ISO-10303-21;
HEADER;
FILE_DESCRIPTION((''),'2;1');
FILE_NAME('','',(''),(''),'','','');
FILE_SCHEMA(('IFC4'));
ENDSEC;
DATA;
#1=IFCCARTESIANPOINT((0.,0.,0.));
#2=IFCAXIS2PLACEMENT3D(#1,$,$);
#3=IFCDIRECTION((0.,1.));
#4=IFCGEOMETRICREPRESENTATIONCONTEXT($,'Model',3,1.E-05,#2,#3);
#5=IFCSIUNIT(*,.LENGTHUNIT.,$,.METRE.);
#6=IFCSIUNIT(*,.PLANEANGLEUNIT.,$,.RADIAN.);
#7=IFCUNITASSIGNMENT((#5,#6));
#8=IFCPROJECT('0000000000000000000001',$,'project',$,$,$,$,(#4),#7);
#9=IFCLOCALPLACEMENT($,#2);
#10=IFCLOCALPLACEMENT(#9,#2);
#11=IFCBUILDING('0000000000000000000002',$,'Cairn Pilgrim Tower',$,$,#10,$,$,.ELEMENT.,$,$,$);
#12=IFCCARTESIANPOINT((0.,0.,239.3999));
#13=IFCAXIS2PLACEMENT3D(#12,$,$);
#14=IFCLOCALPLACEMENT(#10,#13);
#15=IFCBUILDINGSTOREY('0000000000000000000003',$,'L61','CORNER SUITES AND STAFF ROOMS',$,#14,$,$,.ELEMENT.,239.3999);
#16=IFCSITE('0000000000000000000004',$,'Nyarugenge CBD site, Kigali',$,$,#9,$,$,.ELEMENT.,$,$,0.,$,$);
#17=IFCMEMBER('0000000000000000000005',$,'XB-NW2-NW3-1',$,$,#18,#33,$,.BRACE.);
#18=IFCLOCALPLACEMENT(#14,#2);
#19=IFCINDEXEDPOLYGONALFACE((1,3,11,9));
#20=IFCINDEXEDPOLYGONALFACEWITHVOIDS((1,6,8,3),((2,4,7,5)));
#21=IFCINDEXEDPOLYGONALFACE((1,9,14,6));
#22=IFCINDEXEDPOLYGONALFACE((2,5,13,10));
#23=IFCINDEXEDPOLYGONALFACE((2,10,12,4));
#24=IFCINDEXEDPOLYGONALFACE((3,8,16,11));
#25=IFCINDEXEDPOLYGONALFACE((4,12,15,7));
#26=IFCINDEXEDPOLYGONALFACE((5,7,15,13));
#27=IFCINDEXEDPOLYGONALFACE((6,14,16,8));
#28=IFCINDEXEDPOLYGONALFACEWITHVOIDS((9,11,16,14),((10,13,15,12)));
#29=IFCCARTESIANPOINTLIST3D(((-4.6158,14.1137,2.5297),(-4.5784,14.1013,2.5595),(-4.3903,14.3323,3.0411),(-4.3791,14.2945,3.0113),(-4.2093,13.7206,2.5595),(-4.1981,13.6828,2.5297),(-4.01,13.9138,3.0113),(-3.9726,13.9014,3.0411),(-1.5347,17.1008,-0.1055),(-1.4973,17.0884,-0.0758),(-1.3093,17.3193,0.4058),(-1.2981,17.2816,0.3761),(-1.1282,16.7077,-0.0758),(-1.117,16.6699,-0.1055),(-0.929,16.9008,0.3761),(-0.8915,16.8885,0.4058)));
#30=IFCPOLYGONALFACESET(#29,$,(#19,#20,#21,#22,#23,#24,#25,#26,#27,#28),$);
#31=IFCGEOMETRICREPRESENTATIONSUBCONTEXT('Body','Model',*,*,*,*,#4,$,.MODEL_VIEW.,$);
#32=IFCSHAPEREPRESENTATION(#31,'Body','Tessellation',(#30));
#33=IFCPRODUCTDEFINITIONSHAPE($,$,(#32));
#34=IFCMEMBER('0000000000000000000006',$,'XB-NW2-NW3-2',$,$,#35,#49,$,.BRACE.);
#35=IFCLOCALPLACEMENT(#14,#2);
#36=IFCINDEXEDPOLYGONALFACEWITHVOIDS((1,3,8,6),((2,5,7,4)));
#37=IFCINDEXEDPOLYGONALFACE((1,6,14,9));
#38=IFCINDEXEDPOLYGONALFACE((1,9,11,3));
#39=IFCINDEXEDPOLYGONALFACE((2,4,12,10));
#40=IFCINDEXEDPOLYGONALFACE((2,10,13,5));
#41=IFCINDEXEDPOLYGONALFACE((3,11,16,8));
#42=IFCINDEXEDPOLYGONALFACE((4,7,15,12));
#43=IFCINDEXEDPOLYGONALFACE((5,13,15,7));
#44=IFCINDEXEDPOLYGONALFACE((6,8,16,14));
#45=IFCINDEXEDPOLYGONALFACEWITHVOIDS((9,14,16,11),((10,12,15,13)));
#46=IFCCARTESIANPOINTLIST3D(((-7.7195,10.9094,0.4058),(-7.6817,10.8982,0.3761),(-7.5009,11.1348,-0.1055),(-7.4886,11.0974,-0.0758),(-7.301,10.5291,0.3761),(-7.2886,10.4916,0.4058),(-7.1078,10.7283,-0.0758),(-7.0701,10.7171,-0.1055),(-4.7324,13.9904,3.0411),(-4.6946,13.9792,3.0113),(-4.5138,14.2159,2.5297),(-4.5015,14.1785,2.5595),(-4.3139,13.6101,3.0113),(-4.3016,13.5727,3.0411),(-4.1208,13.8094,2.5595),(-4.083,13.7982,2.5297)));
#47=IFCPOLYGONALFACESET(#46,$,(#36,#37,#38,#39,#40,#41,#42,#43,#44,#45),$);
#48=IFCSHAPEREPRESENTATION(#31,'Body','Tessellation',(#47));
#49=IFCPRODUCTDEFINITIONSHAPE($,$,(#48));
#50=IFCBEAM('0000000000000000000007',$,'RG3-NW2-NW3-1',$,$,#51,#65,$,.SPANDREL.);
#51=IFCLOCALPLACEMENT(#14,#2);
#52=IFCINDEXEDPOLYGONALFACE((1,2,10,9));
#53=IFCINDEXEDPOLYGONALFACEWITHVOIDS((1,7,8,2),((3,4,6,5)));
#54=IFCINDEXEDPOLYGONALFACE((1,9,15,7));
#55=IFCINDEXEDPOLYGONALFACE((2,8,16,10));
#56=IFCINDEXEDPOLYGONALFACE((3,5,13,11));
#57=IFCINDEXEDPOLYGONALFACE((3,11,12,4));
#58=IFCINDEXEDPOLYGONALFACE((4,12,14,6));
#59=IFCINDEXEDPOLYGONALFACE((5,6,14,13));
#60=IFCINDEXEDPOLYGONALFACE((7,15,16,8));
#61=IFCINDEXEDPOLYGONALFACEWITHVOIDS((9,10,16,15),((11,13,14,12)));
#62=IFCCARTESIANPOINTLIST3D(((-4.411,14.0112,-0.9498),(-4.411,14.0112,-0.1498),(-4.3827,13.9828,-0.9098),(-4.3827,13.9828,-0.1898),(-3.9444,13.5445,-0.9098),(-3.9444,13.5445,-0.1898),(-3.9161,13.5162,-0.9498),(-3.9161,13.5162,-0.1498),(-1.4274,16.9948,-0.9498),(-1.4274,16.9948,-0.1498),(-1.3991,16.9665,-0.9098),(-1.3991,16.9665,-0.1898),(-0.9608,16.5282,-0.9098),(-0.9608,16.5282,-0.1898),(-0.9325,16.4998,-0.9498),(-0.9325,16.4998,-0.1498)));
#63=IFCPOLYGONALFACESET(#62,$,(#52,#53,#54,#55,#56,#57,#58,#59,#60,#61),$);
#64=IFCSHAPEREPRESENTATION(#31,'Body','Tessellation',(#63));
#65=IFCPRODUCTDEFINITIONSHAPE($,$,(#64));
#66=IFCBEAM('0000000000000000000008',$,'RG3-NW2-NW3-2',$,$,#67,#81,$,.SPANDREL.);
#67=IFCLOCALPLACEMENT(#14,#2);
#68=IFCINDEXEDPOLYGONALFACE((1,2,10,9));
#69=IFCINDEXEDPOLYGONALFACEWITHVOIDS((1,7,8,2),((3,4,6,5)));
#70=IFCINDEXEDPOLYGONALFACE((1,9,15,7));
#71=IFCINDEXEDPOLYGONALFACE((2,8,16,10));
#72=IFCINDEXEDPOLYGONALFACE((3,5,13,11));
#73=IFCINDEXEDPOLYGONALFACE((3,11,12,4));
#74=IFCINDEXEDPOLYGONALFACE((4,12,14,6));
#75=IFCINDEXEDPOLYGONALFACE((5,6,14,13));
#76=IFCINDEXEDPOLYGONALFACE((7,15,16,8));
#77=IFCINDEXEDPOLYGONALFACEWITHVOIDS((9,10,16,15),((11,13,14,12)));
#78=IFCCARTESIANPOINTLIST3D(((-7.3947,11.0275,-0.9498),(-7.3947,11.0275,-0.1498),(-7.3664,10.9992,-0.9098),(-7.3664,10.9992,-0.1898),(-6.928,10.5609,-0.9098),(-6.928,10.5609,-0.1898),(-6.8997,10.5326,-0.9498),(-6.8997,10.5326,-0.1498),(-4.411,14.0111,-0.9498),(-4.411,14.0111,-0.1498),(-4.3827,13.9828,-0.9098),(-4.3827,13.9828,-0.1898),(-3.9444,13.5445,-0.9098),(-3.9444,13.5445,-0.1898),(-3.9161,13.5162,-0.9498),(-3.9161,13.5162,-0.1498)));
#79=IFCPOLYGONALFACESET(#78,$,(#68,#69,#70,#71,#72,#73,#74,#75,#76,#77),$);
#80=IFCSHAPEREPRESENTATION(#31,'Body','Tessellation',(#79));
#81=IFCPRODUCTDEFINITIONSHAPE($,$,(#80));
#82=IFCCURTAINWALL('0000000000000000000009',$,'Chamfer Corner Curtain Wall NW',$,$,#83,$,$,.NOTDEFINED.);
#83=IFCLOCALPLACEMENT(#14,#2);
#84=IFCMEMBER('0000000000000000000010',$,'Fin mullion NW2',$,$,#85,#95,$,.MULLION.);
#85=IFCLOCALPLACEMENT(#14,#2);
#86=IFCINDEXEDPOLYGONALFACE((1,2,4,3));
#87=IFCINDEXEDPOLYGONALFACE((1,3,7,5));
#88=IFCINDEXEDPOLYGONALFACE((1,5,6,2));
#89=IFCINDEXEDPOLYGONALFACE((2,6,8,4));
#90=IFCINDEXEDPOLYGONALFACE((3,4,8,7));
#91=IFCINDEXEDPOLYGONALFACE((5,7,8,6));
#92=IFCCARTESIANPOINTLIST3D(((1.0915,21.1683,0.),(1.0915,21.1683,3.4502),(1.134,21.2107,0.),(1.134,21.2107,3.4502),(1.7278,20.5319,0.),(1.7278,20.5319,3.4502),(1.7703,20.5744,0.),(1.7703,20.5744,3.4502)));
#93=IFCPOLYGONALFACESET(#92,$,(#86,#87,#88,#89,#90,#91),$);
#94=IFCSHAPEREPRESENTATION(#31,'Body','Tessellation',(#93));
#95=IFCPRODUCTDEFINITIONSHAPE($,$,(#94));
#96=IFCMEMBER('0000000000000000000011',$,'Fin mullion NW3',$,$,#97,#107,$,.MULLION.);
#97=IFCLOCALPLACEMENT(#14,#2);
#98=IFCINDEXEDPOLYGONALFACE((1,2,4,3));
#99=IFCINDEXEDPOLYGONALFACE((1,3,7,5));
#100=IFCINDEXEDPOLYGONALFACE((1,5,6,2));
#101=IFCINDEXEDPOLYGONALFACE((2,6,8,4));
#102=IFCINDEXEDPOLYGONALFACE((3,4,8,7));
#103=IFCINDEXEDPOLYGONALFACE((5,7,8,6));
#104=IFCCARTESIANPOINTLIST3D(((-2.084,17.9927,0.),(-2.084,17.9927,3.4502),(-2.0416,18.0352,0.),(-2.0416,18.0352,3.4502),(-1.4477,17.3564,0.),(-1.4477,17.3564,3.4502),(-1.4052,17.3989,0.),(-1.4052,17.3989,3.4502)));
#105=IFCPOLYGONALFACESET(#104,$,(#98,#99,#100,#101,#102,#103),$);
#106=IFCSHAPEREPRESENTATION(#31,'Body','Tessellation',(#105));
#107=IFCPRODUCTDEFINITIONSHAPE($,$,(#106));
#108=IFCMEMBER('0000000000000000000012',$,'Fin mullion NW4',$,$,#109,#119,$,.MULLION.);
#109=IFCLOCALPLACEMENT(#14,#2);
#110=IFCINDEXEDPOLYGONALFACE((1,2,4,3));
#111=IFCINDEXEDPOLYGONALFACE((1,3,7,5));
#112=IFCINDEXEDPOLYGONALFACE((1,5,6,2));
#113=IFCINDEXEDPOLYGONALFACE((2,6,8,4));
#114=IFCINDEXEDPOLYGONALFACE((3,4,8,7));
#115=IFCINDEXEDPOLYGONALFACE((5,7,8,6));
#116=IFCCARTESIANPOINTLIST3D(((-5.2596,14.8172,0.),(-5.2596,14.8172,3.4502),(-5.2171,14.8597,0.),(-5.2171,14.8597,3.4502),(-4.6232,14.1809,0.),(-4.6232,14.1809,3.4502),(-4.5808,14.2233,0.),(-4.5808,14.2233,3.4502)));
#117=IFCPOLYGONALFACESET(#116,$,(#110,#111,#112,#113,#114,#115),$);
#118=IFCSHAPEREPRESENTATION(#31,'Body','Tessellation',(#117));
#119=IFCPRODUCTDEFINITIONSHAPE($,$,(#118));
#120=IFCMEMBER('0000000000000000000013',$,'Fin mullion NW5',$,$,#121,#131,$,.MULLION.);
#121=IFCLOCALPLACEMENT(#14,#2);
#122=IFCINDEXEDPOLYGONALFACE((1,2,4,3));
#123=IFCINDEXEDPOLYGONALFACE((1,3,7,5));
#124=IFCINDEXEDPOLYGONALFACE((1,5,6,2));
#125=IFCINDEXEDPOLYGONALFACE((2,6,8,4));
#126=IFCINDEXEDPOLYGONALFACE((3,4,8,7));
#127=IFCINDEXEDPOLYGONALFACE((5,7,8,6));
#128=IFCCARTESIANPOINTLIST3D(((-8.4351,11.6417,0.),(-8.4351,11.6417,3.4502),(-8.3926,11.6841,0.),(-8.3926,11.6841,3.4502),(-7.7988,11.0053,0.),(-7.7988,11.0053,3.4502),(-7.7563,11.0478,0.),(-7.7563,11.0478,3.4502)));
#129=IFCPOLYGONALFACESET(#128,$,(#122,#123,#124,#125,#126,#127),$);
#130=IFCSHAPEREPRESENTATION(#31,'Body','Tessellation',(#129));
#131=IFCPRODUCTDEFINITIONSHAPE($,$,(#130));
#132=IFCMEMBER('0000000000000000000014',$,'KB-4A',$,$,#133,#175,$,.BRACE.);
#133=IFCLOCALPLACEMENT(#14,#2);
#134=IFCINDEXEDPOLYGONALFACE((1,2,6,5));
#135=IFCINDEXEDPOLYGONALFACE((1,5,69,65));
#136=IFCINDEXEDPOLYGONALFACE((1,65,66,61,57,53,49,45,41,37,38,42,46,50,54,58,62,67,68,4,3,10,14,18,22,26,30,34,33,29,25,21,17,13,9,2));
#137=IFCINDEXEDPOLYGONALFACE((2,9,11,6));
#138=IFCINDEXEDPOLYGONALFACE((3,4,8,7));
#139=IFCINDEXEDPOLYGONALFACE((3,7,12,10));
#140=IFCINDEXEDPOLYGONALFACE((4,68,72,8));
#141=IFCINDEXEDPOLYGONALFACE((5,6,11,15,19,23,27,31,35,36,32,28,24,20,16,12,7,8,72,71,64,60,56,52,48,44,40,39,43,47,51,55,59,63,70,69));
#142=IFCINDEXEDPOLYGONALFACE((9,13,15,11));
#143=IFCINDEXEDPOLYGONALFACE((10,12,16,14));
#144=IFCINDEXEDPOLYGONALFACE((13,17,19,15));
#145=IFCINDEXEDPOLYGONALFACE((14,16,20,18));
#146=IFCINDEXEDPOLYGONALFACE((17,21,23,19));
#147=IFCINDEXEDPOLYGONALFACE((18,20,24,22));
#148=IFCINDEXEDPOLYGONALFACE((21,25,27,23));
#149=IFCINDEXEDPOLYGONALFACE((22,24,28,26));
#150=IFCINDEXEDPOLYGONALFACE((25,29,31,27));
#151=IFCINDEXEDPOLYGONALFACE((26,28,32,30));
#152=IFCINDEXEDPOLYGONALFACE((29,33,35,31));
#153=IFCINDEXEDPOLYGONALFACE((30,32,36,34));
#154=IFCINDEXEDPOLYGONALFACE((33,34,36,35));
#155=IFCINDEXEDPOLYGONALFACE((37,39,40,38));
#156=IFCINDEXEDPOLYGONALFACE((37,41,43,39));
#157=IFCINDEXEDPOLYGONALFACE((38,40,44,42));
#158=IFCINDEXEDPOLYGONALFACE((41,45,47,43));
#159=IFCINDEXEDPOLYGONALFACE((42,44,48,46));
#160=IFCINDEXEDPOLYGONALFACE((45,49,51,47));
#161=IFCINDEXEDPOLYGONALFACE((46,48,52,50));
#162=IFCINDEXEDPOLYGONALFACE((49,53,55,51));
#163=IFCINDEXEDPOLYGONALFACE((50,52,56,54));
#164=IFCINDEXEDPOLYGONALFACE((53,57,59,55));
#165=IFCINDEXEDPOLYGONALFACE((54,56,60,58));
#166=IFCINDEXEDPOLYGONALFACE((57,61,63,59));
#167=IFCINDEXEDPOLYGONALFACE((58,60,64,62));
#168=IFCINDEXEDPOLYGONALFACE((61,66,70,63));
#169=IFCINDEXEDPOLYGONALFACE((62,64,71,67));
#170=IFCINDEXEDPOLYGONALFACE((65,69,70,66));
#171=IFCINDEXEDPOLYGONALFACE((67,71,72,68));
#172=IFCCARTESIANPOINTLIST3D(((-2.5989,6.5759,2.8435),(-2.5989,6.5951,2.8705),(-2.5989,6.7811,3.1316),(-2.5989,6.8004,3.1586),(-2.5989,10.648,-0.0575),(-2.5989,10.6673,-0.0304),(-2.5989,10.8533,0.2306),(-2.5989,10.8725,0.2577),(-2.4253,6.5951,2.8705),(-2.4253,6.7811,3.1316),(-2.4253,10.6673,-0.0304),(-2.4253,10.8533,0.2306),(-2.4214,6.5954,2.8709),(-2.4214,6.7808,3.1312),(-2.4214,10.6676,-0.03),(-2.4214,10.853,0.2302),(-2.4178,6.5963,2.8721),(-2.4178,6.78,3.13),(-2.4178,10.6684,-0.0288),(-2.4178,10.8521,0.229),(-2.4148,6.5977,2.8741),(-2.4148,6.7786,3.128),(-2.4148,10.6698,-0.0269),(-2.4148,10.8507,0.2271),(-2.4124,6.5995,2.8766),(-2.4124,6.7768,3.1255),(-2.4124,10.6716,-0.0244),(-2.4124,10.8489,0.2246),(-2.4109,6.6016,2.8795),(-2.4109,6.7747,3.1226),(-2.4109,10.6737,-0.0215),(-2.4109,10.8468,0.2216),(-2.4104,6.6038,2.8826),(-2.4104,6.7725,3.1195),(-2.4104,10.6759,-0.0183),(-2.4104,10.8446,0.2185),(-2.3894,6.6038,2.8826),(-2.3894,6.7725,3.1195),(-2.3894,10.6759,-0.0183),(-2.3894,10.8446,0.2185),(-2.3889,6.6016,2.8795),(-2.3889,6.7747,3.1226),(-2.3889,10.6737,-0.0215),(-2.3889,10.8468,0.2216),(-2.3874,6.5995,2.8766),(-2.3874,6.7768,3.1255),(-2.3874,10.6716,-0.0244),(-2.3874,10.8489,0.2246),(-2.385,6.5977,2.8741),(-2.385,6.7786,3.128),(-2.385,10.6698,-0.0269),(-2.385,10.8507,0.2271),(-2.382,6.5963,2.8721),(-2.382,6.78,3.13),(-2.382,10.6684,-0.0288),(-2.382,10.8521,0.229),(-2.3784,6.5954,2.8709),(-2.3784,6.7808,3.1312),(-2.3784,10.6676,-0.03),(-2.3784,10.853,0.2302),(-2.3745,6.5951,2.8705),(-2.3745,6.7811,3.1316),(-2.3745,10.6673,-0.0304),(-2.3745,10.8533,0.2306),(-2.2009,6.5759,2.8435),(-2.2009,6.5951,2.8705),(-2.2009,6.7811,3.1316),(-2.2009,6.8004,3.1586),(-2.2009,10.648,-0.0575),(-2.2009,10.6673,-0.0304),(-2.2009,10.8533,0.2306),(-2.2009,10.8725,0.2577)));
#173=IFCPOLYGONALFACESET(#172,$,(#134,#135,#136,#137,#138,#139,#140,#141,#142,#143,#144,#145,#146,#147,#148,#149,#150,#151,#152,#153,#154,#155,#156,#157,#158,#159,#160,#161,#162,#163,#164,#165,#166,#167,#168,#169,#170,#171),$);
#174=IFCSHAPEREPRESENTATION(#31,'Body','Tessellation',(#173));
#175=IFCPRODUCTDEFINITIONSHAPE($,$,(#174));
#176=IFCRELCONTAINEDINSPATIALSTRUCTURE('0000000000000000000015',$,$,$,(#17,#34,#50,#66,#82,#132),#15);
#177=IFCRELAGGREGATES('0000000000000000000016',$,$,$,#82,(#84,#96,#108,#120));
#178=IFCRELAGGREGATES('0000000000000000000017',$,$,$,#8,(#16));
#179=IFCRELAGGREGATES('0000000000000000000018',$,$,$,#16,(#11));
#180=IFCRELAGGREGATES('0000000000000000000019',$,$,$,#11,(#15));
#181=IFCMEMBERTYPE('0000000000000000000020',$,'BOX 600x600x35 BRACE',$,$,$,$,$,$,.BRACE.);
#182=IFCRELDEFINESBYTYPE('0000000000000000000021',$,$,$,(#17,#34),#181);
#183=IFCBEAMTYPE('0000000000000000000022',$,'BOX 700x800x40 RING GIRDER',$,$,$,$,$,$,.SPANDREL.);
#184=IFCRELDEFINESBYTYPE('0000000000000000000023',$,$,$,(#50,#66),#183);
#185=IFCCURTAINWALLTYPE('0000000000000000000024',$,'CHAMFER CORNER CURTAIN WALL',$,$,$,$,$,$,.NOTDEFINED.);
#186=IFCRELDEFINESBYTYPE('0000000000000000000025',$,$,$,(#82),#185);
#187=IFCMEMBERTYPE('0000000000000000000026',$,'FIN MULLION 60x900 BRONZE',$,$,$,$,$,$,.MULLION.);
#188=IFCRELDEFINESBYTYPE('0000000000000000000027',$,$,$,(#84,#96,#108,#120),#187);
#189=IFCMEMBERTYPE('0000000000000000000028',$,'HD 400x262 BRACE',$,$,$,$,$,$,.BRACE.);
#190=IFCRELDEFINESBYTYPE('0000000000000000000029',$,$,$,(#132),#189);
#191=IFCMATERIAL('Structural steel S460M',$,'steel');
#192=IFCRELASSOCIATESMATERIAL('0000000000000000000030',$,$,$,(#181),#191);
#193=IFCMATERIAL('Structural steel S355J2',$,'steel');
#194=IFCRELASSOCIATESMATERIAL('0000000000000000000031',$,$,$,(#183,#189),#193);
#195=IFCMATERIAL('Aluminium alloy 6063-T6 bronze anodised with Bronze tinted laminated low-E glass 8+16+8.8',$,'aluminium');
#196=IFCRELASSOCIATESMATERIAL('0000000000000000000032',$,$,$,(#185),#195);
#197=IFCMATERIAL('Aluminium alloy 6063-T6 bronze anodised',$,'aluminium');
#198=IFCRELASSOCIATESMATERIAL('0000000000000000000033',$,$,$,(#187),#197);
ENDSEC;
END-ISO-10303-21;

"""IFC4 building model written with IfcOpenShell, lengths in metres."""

from ifc_helpers import new_model, si_unit, direction, frame, origin, origin_2d, place, context, subcontext, project, spatial, rectangle, hollow_rectangle, i_section, extrude, material, material_profile, profile_set, type_object, element, aggregate, save


model = new_model("IFC4")

# Units and contexts
model_context = context("Model", 3, precision=1e-05, world=origin(), true_north=direction((0.0, 1.0)))
body_context = subcontext(model_context, "Body", "Model", "MODEL_VIEW")
ifc_project = project(units=[si_unit("LENGTHUNIT", "METRE"), si_unit("PLANEANGLEUNIT", "RADIAN")], contexts=[model_context])

# Site, building, storey
site_placement = place(None, origin())
site = spatial("IfcSite", under=ifc_project, at=site_placement, Name="Nyarugenge CBD site, Kigali", CompositionType="ELEMENT", RefElevation=0.0)
building_placement = place(site_placement, origin())
building = spatial("IfcBuilding", under=site, at=building_placement, Name="Cairn Pilgrim Tower", CompositionType="ELEMENT")
storey_placement = place(building_placement, frame((0.0, 0.0, 239.3999)))
storey = spatial("IfcBuildingStorey", under=building, at=storey_placement, Name="L61", Description="CORNER SUITES AND STAFF ROOMS", CompositionType="ELEMENT", Elevation=239.3999)

# Shared definitions
ifc_material_1 = material(Name="Structural steel S355J2", Category="steel")
ifc_material_2 = material(Name="Structural steel S460M", Category="steel")

# Members
ifc_material_profile_1 = material_profile(ifc_material_2, hollow_rectangle(XDim=0.6001, YDim=0.6001, WallThickness=0.0349, at=origin_2d()), Name="BOX 600x600x35")
ifc_profile_set_1 = profile_set([ifc_material_profile_1], Name="Structural steel S460M")
member_type_1 = type_object("IfcMemberType", Name="BOX 600x600x35 BRACE", PredefinedType="BRACE", material=ifc_profile_set_1)
for number, where, z_axis, x_axis, name in (
    (1, (-1.2131, 16.9946, 0.1501), (-0.611822, -0.593157, 0.523297), (0.69607, -0.717974, 0.0), "XB-NW2-NW3-1"),
    (2, (-7.3948, 10.8132, 0.1501), (0.593157, 0.611822, 0.523297), (-0.717974, 0.69607, 0.0), "XB-NW2-NW3-2"),
):
    element("IfcMember", number, at=place(storey_placement, frame(where, z_axis=z_axis, x_axis=x_axis)), inside=storey, type_object=member_type_1, Name=name, PredefinedType="BRACE", context=body_context, shape_type="SweptSolid", body=[
        extrude(hollow_rectangle(XDim=0.6001, YDim=0.6001, WallThickness=0.0349, at=origin_2d()), origin(), (0.0, 0.0, 1.0), 5.0359),
    ])

# Beams
ifc_material_profile_2 = material_profile(ifc_material_1, hollow_rectangle(XDim=0.7, YDim=0.8, WallThickness=0.04, at=origin_2d()), Name="BOX 700x800x40")
ifc_profile_set_2 = profile_set([ifc_material_profile_2], Name="Structural steel S355J2")
beam_type_1 = type_object("IfcBeamType", Name="BOX 700x800x40 RING GIRDER", PredefinedType="SPANDREL", material=ifc_profile_set_2)
for number, where, z_axis, x_axis, name in (
    (3, (-1.1799, 16.7473, -0.5498), (-0.707107, -0.707107, 0.0), (0.707107, -0.707107, 0.0), "RG3-NW2-NW3-1"),
    (4, (-4.1636, 13.7637, -0.5498), (-0.707107, -0.707107, 0.0), (0.707107, -0.707107, 0.0), "RG3-NW2-NW3-2"),
):
    element("IfcBeam", number, at=place(storey_placement, frame(where, z_axis=z_axis, x_axis=x_axis)), inside=storey, type_object=beam_type_1, Name=name, PredefinedType="SPANDREL", context=body_context, shape_type="SweptSolid", body=[
        extrude(hollow_rectangle(XDim=0.7, YDim=0.8, WallThickness=0.04, at=origin_2d()), origin(), (0.0, 0.0, 1.0), 4.2195),
    ])

# Curtain wall, members
ifc_material_3 = material(Name="Aluminium alloy 6063-T6 bronze anodised with Bronze tinted laminated low-E glass 8+16+8.8", Category="aluminium")
curtain_wall_type = type_object("IfcCurtainWallType", Name="CHAMFER CORNER CURTAIN WALL", PredefinedType="NOTDEFINED", material=ifc_material_3)
curtain_wall_placement = place(storey_placement, origin())
curtain_wall = element("IfcCurtainWall", 5, at=curtain_wall_placement, inside=storey, type_object=curtain_wall_type, Name="Chamfer Corner Curtain Wall NW", PredefinedType="NOTDEFINED")
ifc_material_4 = material(Name="Aluminium alloy 6063-T6 bronze anodised", Category="aluminium")
ifc_material_profile_3 = material_profile(ifc_material_4, rectangle(XDim=0.8999, YDim=0.0601, at=origin_2d()), Name="FIN MULLION 60x900 BRONZE")
ifc_profile_set_3 = profile_set([ifc_material_profile_3], Name="Aluminium alloy 6063-T6 bronze anodised")
member_type_2 = type_object("IfcMemberType", Name="FIN MULLION 60x900 BRONZE", PredefinedType="MULLION", material=ifc_profile_set_3)
member_1_placement = place(storey_placement, frame((1.4309, 20.8713, 0.0), z_axis=(0.0, 0.0, 1.0), x_axis=(-0.707107, 0.707107, 0.0)))
member_1 = element("IfcMember", 6, at=member_1_placement, type_object=member_type_2, Name="Fin mullion NW2", PredefinedType="MULLION", context=body_context, shape_type="SweptSolid", body=[
    extrude(rectangle(XDim=0.8999, YDim=0.0601, at=origin_2d()), origin(), (0.0, 0.0, 1.0), 3.4502),
])
member_2_placement = place(storey_placement, frame((-1.7446, 17.6958, 0.0), z_axis=(0.0, 0.0, 1.0), x_axis=(-0.707107, 0.707107, 0.0)))
member_2 = element("IfcMember", 7, at=member_2_placement, type_object=member_type_2, Name="Fin mullion NW3", PredefinedType="MULLION", context=body_context, shape_type="SweptSolid", body=[
    extrude(rectangle(XDim=0.8999, YDim=0.0601, at=origin_2d()), origin(), (0.0, 0.0, 1.0), 3.4502),
])
member_3_placement = place(storey_placement, frame((-4.9202, 14.5203, 0.0), z_axis=(0.0, 0.0, 1.0), x_axis=(-0.707107, 0.707107, 0.0)))
member_3 = element("IfcMember", 8, at=member_3_placement, type_object=member_type_2, Name="Fin mullion NW4", PredefinedType="MULLION", context=body_context, shape_type="SweptSolid", body=[
    extrude(rectangle(XDim=0.8999, YDim=0.0601, at=origin_2d()), origin(), (0.0, 0.0, 1.0), 3.4502),
])
member_4_placement = place(storey_placement, frame((-8.0957, 11.3447, 0.0), z_axis=(0.0, 0.0, 1.0), x_axis=(-0.707107, 0.707107, 0.0)))
member_4 = element("IfcMember", 9, at=member_4_placement, type_object=member_type_2, Name="Fin mullion NW5", PredefinedType="MULLION", context=body_context, shape_type="SweptSolid", body=[
    extrude(rectangle(XDim=0.8999, YDim=0.0601, at=origin_2d()), origin(), (0.0, 0.0, 1.0), 3.4502),
])

# Member
ifc_material_profile_4 = material_profile(ifc_material_1, i_section(OverallWidth=0.3979, OverallDepth=0.387, WebThickness=0.021, FlangeThickness=0.0332, FilletRadius=0.0149, at=origin_2d()), Name="HD 400x262")
ifc_profile_set_4 = profile_set([ifc_material_profile_4], Name="Structural steel S355J2")
member_type_3 = type_object("IfcMemberType", Name="HD 400x262 BRACE", PredefinedType="BRACE", material=ifc_profile_set_4)
member_5_placement = place(storey_placement, frame((-2.3999, 10.7603, 0.1001), z_axis=(0.0, -0.814462, 0.580217), x_axis=(1.0, 0.0, 0.0)))
element("IfcMember", 10, at=member_5_placement, inside=storey, type_object=member_type_3, Name="KB-4A", PredefinedType="BRACE", context=body_context, shape_type="SweptSolid", body=[
    extrude(i_section(OverallWidth=0.3979, OverallDepth=0.387, WebThickness=0.021, FlangeThickness=0.0332, FilletRadius=0.0149, at=origin_2d()), origin(), (0.0, 0.0, 1.0), 4.9998),
])

aggregate(curtain_wall, [member_1, member_2, member_3, member_4])

save(model, "model.ifc")
